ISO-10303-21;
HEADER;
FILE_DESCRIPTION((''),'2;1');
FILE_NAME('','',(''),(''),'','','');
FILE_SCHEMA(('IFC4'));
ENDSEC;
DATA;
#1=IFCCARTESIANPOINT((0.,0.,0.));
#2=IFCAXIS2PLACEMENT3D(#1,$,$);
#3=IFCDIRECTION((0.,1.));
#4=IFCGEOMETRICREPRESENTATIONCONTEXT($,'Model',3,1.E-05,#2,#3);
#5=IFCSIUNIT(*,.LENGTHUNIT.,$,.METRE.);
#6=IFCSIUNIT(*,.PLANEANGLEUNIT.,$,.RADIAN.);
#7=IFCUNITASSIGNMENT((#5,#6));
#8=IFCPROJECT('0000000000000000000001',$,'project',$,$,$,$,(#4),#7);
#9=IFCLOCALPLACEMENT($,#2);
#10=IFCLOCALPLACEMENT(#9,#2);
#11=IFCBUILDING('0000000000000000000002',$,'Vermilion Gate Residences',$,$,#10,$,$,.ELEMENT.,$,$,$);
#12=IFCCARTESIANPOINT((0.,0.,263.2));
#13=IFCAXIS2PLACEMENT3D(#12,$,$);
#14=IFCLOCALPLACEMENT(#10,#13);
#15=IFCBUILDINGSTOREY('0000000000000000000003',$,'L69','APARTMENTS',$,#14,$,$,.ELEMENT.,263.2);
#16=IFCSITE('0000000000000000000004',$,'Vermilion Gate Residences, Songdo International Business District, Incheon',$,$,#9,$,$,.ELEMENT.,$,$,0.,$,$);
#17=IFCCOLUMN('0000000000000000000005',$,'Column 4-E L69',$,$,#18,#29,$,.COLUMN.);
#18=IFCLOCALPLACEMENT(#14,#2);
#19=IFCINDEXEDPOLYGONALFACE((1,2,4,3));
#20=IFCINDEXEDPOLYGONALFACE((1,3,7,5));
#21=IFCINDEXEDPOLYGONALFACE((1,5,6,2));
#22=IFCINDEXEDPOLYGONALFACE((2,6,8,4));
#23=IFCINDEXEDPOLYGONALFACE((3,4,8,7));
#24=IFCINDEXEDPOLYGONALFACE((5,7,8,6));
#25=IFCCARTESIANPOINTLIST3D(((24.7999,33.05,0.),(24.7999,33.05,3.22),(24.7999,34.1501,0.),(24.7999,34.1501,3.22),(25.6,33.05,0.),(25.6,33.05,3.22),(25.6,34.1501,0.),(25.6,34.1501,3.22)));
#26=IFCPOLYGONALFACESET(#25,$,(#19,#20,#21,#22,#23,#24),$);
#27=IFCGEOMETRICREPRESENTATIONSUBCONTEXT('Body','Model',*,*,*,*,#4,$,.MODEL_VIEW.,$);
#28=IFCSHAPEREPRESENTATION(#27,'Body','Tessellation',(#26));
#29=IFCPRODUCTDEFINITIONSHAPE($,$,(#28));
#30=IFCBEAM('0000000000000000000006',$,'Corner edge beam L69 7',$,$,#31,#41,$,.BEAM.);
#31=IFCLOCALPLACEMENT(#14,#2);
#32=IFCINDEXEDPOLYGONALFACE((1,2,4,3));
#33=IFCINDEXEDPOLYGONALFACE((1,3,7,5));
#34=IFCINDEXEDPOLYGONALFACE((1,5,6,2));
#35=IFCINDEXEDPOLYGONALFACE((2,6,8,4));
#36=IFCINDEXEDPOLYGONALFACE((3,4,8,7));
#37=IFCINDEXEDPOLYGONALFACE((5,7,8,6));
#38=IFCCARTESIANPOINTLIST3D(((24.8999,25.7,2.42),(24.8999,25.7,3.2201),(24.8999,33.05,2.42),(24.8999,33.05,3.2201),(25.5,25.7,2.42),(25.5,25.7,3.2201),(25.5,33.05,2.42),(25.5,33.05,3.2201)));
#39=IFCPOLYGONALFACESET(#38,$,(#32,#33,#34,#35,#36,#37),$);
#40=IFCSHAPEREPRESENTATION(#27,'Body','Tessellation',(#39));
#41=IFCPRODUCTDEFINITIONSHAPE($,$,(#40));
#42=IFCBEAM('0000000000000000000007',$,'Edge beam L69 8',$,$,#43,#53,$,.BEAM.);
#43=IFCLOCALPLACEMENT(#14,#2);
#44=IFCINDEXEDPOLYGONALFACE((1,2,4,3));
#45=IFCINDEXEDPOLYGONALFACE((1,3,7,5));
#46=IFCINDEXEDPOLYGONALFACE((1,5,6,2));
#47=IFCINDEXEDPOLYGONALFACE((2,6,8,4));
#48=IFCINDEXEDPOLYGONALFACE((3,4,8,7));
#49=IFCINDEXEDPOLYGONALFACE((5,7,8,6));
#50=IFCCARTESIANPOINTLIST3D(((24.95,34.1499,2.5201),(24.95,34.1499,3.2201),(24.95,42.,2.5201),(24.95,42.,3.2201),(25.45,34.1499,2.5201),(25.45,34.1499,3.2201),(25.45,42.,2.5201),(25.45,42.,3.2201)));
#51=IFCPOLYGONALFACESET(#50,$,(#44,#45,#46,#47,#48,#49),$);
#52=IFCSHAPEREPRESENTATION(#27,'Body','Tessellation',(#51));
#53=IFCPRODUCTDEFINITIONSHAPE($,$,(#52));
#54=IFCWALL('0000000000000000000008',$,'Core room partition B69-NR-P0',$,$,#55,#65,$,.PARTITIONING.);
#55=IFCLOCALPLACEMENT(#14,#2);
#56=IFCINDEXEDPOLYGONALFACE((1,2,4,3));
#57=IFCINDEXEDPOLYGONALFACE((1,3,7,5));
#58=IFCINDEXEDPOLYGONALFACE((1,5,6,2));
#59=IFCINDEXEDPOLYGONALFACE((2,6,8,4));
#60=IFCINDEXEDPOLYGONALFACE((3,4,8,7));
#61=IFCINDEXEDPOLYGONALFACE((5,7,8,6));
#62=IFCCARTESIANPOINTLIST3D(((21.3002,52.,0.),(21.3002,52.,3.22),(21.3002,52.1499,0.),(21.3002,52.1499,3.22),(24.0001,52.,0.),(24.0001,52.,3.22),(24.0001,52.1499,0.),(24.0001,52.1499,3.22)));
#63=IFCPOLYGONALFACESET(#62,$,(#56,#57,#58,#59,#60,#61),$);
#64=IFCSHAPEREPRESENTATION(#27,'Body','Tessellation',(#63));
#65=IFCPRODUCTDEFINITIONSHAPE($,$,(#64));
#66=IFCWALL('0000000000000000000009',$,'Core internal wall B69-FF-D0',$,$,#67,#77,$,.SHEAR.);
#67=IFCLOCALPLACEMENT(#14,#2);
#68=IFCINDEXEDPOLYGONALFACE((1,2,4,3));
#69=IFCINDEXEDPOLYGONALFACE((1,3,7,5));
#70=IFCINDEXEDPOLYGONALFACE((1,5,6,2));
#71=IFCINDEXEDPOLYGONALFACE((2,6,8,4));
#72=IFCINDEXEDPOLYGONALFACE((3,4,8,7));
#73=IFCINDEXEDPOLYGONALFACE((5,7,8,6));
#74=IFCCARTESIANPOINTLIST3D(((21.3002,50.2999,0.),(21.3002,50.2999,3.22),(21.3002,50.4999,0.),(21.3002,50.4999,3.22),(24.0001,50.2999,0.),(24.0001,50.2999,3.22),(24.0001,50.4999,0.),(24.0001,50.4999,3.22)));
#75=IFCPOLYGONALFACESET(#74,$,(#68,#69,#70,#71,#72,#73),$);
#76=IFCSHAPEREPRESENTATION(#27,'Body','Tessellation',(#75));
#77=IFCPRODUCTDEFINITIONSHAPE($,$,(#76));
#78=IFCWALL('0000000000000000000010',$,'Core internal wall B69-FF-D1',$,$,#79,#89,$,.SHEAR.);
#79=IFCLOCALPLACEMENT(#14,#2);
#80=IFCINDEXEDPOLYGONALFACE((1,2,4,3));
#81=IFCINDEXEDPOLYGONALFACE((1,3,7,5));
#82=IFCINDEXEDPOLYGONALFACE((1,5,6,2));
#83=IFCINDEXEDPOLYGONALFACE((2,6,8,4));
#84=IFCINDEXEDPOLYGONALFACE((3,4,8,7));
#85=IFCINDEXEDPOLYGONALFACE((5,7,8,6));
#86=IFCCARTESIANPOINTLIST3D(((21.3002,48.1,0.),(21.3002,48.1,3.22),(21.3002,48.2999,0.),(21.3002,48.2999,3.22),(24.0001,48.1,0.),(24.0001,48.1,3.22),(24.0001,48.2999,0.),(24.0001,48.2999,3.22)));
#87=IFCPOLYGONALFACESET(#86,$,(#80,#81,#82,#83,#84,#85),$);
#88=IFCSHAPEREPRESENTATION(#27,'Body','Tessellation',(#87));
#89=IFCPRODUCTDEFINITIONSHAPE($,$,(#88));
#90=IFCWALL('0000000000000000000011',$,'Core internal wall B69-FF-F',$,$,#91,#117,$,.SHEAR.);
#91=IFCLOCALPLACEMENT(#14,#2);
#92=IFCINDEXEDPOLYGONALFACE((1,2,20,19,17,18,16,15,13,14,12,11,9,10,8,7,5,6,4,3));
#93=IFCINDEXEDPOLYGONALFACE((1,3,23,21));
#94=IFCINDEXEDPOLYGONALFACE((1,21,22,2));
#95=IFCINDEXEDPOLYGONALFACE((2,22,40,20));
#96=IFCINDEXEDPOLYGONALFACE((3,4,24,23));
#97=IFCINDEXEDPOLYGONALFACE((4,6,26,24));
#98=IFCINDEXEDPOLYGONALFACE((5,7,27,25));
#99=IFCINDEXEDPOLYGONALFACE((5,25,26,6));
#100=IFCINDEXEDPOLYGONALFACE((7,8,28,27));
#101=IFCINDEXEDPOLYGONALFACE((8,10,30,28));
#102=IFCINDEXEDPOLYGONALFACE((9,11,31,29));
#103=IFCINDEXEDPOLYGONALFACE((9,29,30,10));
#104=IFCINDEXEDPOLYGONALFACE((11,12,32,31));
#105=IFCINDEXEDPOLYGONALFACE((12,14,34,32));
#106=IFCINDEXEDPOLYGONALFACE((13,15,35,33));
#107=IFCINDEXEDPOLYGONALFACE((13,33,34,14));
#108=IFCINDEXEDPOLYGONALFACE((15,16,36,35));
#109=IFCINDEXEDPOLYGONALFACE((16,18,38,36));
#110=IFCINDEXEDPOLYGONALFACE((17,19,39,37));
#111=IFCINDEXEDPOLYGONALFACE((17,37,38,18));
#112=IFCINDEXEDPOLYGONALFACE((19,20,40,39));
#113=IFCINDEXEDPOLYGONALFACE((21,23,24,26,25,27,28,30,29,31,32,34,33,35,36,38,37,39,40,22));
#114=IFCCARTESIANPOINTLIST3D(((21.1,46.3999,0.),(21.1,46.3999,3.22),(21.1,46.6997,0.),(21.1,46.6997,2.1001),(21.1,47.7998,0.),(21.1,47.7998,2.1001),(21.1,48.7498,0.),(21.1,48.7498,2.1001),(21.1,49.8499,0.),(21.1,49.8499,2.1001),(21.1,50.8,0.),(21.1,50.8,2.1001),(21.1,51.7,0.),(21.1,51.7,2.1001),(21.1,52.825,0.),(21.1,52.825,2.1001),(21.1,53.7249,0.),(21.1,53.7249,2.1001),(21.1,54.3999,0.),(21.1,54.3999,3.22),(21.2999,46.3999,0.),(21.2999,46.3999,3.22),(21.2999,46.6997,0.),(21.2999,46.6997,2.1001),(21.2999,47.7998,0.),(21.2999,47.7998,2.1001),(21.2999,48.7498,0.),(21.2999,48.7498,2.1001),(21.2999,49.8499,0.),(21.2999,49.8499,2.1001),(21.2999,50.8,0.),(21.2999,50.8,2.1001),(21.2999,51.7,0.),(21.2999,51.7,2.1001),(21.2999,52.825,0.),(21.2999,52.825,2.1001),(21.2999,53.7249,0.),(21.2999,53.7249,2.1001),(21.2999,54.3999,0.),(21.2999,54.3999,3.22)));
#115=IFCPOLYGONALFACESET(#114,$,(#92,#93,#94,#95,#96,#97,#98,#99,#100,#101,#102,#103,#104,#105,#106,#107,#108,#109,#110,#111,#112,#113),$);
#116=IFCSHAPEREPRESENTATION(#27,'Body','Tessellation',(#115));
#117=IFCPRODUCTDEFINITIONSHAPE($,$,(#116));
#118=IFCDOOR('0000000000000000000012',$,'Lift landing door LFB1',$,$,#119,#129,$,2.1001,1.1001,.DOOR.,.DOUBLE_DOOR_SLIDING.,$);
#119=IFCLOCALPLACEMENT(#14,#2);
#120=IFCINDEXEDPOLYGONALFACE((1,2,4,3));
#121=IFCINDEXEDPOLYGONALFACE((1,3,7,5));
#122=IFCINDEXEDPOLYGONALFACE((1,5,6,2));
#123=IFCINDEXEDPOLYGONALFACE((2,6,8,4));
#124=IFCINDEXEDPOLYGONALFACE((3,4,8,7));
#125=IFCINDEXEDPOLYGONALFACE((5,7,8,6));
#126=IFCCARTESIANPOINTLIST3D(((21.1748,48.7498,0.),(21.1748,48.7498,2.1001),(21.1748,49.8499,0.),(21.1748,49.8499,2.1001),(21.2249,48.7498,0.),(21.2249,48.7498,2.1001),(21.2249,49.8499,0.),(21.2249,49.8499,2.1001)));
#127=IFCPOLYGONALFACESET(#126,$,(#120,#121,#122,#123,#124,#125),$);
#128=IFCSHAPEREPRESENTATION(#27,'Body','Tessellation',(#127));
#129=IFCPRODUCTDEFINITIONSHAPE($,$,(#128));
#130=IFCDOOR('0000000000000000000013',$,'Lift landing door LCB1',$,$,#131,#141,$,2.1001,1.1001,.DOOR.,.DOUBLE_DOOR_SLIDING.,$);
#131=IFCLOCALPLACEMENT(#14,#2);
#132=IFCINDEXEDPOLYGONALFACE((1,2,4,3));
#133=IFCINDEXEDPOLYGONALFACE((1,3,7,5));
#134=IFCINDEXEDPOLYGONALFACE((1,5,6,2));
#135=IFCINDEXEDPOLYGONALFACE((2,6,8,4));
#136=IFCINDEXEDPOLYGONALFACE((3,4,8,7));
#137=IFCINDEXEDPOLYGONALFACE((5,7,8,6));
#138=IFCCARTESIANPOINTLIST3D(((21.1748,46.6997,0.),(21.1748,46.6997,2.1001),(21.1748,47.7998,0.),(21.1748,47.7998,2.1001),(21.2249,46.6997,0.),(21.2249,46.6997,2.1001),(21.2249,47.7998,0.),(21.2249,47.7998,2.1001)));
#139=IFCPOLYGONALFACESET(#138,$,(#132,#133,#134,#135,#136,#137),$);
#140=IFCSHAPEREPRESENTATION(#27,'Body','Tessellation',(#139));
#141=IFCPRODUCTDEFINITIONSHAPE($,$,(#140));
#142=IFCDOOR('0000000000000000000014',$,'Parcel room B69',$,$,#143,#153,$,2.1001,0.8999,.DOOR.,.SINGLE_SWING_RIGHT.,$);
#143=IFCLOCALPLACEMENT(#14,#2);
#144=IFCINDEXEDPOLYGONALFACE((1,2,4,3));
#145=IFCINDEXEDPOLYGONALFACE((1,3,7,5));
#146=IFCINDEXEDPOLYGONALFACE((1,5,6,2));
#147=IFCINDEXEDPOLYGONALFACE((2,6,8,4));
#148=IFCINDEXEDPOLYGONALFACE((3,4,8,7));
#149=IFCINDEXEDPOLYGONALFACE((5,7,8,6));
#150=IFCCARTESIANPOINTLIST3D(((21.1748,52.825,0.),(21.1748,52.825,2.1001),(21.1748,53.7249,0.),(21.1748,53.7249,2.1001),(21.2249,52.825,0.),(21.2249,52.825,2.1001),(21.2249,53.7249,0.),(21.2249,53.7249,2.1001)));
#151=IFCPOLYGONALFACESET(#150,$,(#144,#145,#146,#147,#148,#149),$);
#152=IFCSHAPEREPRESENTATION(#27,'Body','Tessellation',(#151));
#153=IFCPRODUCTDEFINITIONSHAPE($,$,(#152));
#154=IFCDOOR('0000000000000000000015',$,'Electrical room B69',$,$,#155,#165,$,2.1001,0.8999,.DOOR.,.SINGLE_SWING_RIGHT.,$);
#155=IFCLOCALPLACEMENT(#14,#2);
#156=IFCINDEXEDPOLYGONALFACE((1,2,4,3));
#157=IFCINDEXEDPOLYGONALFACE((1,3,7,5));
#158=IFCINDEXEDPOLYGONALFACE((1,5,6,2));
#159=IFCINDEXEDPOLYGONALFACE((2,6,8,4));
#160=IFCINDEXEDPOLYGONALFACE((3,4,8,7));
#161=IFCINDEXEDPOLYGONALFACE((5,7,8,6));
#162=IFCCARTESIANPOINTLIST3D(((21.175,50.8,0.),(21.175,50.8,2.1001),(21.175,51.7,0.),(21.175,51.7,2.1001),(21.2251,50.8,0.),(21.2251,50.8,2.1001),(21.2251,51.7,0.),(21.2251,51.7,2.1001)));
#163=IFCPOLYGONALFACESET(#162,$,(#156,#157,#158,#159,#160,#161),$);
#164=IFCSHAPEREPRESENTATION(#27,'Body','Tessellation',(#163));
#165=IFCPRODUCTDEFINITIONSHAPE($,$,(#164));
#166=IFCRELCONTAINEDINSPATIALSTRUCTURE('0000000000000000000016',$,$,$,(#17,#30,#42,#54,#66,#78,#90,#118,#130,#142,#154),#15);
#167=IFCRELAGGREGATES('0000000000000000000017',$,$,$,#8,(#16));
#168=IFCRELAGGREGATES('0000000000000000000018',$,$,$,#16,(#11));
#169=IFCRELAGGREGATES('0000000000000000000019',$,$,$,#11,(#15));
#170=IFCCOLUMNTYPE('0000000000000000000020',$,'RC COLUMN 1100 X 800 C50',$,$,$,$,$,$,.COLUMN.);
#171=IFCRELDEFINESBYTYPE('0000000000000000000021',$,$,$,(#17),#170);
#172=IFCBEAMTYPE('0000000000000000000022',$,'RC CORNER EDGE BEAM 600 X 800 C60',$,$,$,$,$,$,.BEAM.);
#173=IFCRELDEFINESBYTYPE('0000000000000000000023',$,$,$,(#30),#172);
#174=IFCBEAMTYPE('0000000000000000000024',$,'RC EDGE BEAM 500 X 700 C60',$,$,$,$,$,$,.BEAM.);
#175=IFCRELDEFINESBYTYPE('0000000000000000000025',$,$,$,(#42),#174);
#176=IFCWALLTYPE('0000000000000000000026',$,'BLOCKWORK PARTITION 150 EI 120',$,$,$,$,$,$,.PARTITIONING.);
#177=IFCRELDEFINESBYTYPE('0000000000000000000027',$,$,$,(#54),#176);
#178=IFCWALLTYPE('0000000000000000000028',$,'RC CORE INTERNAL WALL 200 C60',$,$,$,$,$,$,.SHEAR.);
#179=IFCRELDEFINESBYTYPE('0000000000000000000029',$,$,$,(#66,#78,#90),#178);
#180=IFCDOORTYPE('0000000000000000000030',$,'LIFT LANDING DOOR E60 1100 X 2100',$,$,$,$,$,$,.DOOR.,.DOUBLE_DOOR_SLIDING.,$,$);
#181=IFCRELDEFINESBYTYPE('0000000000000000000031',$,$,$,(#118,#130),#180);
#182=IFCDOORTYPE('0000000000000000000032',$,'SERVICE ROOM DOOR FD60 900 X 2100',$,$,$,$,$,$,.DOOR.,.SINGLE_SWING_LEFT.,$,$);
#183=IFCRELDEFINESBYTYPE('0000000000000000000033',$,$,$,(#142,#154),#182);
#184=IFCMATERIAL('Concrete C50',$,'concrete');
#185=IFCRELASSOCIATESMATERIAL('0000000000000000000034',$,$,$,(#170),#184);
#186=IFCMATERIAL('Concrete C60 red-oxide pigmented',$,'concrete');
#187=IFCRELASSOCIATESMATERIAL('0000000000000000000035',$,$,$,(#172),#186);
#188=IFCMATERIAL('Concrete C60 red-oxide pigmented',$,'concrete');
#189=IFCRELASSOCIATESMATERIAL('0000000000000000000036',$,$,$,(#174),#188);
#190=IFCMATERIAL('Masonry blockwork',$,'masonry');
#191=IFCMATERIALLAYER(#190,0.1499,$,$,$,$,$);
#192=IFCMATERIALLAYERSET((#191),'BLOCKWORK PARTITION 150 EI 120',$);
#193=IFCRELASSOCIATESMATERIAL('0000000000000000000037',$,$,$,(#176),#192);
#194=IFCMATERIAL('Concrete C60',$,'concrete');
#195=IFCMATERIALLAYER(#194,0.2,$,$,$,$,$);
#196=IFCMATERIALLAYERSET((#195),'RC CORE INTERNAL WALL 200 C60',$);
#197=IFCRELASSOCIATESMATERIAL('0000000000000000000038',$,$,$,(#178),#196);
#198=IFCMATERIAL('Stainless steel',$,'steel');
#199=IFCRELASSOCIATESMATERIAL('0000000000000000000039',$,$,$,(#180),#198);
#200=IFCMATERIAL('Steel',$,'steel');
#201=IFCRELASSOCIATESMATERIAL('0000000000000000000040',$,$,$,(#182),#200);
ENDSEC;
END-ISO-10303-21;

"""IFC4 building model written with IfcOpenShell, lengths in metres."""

from ifc_helpers import new_model, si_unit, direction, frame, frame_2d, origin, origin_2d, place, context, subcontext, project, spatial, rectangle, extrude, material, layer, layer_set, material_profile, profile_set, type_object, element, fill, save


model = new_model("IFC4")

# Units and contexts
model_context = context("Model", 3, precision=1e-05, world=origin(), true_north=direction((0.0, 1.0)))
body_context = subcontext(model_context, "Body", "Model", "MODEL_VIEW")
ifc_project = project(units=[si_unit("LENGTHUNIT", "METRE"), si_unit("PLANEANGLEUNIT", "RADIAN")], contexts=[model_context])

# Site, building, storey
site_placement = place(None, origin())
site = spatial("IfcSite", under=ifc_project, at=site_placement, Name="Vermilion Gate Residences, Songdo International Business District, Incheon", CompositionType="ELEMENT", RefElevation=0.0)
building_placement = place(site_placement, origin())
building = spatial("IfcBuilding", under=site, at=building_placement, Name="Vermilion Gate Residences", CompositionType="ELEMENT")
storey_placement = place(building_placement, frame((0.0, 0.0, 263.2)))
storey = spatial("IfcBuildingStorey", under=building, at=storey_placement, Name="L69", Description="APARTMENTS", CompositionType="ELEMENT", Elevation=263.2)

# Column
ifc_material_1 = material(Name="Concrete C50", Category="concrete")
ifc_material_profile_1 = material_profile(ifc_material_1, rectangle(XDim=1.1001, YDim=0.8, at=origin_2d()), Name="RC-1100x800")
ifc_profile_set_1 = profile_set([ifc_material_profile_1], Name="Concrete C50")
column_type = type_object("IfcColumnType", Name="RC COLUMN 1100 X 800 C50", PredefinedType="COLUMN", material=ifc_profile_set_1)
column_placement = place(storey_placement, frame((25.2, 33.6001, 0.0), z_axis=(0.0, 0.0, 1.0), x_axis=(0.0, 1.0, 0.0)))
element("IfcColumn", 1, at=column_placement, inside=storey, type_object=column_type, Name="Column 4-E L69", PredefinedType="COLUMN", context=body_context, shape_type="SweptSolid", body=[
    extrude(rectangle(XDim=1.1001, YDim=0.8, at=origin_2d()), origin(), (0.0, 0.0, 1.0), 3.22),
])

# Beams
ifc_material_2 = material(Name="Concrete C60 red-oxide pigmented", Category="concrete")
ifc_material_profile_2 = material_profile(ifc_material_2, rectangle(XDim=0.6001, YDim=0.8, at=origin_2d()), Name="RC-600x800")
ifc_profile_set_2 = profile_set([ifc_material_profile_2], Name="Concrete C60 red-oxide pigmented")
beam_type_1 = type_object("IfcBeamType", Name="RC CORNER EDGE BEAM 600 X 800 C60", PredefinedType="BEAM", material=ifc_profile_set_2)
beam_1_placement = place(storey_placement, frame((25.2, 25.7, 2.8201), z_axis=(0.0, 1.0, 0.0), x_axis=(-1.0, 0.0, 0.0)))
element("IfcBeam", 2, at=beam_1_placement, inside=storey, type_object=beam_type_1, Name="Corner edge beam L69 7", PredefinedType="BEAM", context=body_context, shape_type="SweptSolid", body=[
    extrude(rectangle(XDim=0.6001, YDim=0.8, at=origin_2d()), origin(), (0.0, 0.0, 1.0), 7.3501),
])
ifc_material_3 = material(Name="Concrete C60 red-oxide pigmented", Category="concrete")
ifc_material_profile_3 = material_profile(ifc_material_3, rectangle(XDim=0.5, YDim=0.7, at=origin_2d()), Name="RC-500x700")
ifc_profile_set_3 = profile_set([ifc_material_profile_3], Name="Concrete C60 red-oxide pigmented")
beam_type_2 = type_object("IfcBeamType", Name="RC EDGE BEAM 500 X 700 C60", PredefinedType="BEAM", material=ifc_profile_set_3)
beam_2_placement = place(storey_placement, frame((25.2, 34.1499, 2.8701), z_axis=(0.0, 1.0, 0.0), x_axis=(-1.0, 0.0, 0.0)))
element("IfcBeam", 3, at=beam_2_placement, inside=storey, type_object=beam_type_2, Name="Edge beam L69 8", PredefinedType="BEAM", context=body_context, shape_type="SweptSolid", body=[
    extrude(rectangle(XDim=0.5, YDim=0.7, at=origin_2d()), origin(), (0.0, 0.0, 1.0), 7.8501),
])

# Walls
ifc_material_4 = material(Name="Masonry blockwork", Category="masonry")
ifc_layer_1 = layer(ifc_material_4, 0.1499)
ifc_layer_set_1 = layer_set([ifc_layer_1], Name="BLOCKWORK PARTITION 150 EI 120")
wall_type_1 = type_object("IfcWallType", Name="BLOCKWORK PARTITION 150 EI 120", PredefinedType="PARTITIONING", material=ifc_layer_set_1)
wall_1_placement = place(storey_placement, frame((21.3, 52.075, 0.0), z_axis=(0.0, 0.0, 1.0), x_axis=(1.0, 0.0, 0.0)))
element("IfcWall", 4, at=wall_1_placement, inside=storey, type_object=wall_type_1, Name="Core room partition B69-NR-P0", PredefinedType="PARTITIONING", context=body_context, shape_type="SweptSolid", body=[
    extrude(rectangle(XDim=2.7, YDim=0.1499, at=frame_2d((1.3501, 0.0))), origin(), (0.0, 0.0, 1.0), 3.22),
])
ifc_material_5 = material(Name="Concrete C60", Category="concrete")
ifc_layer_2 = layer(ifc_material_5, 0.2)
ifc_layer_set_2 = layer_set([ifc_layer_2], Name="RC CORE INTERNAL WALL 200 C60")
wall_type_2 = type_object("IfcWallType", Name="RC CORE INTERNAL WALL 200 C60", PredefinedType="SHEAR", material=ifc_layer_set_2)
for number, where, z_axis, x_axis, name in (
    (5, (21.3, 50.3999, 0.0), (0.0, 0.0, 1.0), (1.0, 0.0, 0.0), "Core internal wall B69-FF-D0"),
    (6, (21.3, 48.2, 0.0), (0.0, 0.0, 1.0), (1.0, 0.0, 0.0), "Core internal wall B69-FF-D1"),
):
    element("IfcWall", number, at=place(storey_placement, frame(where, z_axis=z_axis, x_axis=x_axis)), inside=storey, type_object=wall_type_2, Name=name, PredefinedType="SHEAR", context=body_context, shape_type="SweptSolid", body=[
        extrude(rectangle(XDim=2.7, YDim=0.2, at=frame_2d((1.3501, 0.0))), origin(), (0.0, 0.0, 1.0), 3.22),
    ])

# Wall, openings, doors
wall_2_placement = place(storey_placement, frame((21.2, 54.3999, 0.0), z_axis=(0.0, 0.0, 1.0), x_axis=(0.0, -1.0, 0.0)))
wall_2 = element("IfcWall", 7, at=wall_2_placement, inside=storey, type_object=wall_type_2, Name="Core internal wall B69-FF-F", PredefinedType="SHEAR", context=body_context, shape_type="SweptSolid", body=[
    extrude(rectangle(XDim=8.0, YDim=0.2, at=frame_2d((4.0, 0.0))), origin(), (0.0, 0.0, 1.0), 3.22),
])
opening_1_placement = place(wall_2_placement, frame((0.675, 0.0, 0.0)))
opening_1 = element("IfcOpeningElement", 8, at=opening_1_placement, cuts=wall_2, PredefinedType="OPENING", context=body_context, shape_type="SweptSolid", body=[
    extrude(rectangle(XDim=0.8999, YDim=2.1001, at=frame_2d((0.45, 1.05))), frame((0.0, 0.1099, 0.0), z_axis=(0.0, -1.0, 0.0), x_axis=(1.0, 0.0, 0.0)), (0.0, 0.0, 1.0), 0.22),
])
opening_2_placement = place(wall_2_placement, frame((2.7, 0.0, 0.0)))
opening_2 = element("IfcOpeningElement", 9, at=opening_2_placement, cuts=wall_2, PredefinedType="OPENING", context=body_context, shape_type="SweptSolid", body=[
    extrude(rectangle(XDim=0.8999, YDim=2.1001, at=frame_2d((0.45, 1.05))), frame((0.0, 0.1099, 0.0), z_axis=(0.0, -1.0, 0.0), x_axis=(1.0, 0.0, 0.0)), (0.0, 0.0, 1.0), 0.22),
])
opening_3_placement = place(wall_2_placement, frame((4.55, 0.0, 0.0)))
opening_3 = element("IfcOpeningElement", 10, at=opening_3_placement, cuts=wall_2, PredefinedType="OPENING", context=body_context, shape_type="SweptSolid", body=[
    extrude(rectangle(XDim=1.1001, YDim=2.1001, at=frame_2d((0.55, 1.05))), frame((0.0, 0.1099, 0.0), z_axis=(0.0, -1.0, 0.0), x_axis=(1.0, 0.0, 0.0)), (0.0, 0.0, 1.0), 0.22),
])
opening_4_placement = place(wall_2_placement, frame((6.6001, 0.0, 0.0)))
opening_4 = element("IfcOpeningElement", 11, at=opening_4_placement, cuts=wall_2, PredefinedType="OPENING", context=body_context, shape_type="SweptSolid", body=[
    extrude(rectangle(XDim=1.1001, YDim=2.1001, at=frame_2d((0.55, 1.05))), frame((0.0, 0.1099, 0.0), z_axis=(0.0, -1.0, 0.0), x_axis=(1.0, 0.0, 0.0)), (0.0, 0.0, 1.0), 0.22),
])
ifc_material_6 = material(Name="Stainless steel", Category="steel")
door_type_1 = type_object("IfcDoorType", Name="LIFT LANDING DOOR E60 1100 X 2100", OperationType="DOUBLE_DOOR_SLIDING", PredefinedType="DOOR", material=ifc_material_6)
door_1_placement = place(opening_3_placement, origin())
door_1 = element("IfcDoor", 12, at=door_1_placement, inside=storey, type_object=door_type_1, Name="Lift landing door LFB1", OperationType="DOUBLE_DOOR_SLIDING", OverallHeight=2.1001, OverallWidth=1.1001, PredefinedType="DOOR", context=body_context, shape_type="SweptSolid", body=[
    extrude(rectangle(XDim=1.1001, YDim=2.1001, at=frame_2d((0.55, 1.05))), frame((0.0, 0.0249, 0.0), z_axis=(0.0, -1.0, 0.0), x_axis=(1.0, 0.0, 0.0)), (0.0, 0.0, 1.0), 0.05),
])
fill(opening_3, door_1)
door_2_placement = place(opening_4_placement, origin())
door_2 = element("IfcDoor", 13, at=door_2_placement, inside=storey, type_object=door_type_1, Name="Lift landing door LCB1", OperationType="DOUBLE_DOOR_SLIDING", OverallHeight=2.1001, OverallWidth=1.1001, PredefinedType="DOOR", context=body_context, shape_type="SweptSolid", body=[
    extrude(rectangle(XDim=1.1001, YDim=2.1001, at=frame_2d((0.55, 1.05))), frame((0.0, 0.0249, 0.0), z_axis=(0.0, -1.0, 0.0), x_axis=(1.0, 0.0, 0.0)), (0.0, 0.0, 1.0), 0.05),
])
fill(opening_4, door_2)
ifc_material_7 = material(Name="Steel", Category="steel")
door_type_2 = type_object("IfcDoorType", Name="SERVICE ROOM DOOR FD60 900 X 2100", OperationType="SINGLE_SWING_LEFT", PredefinedType="DOOR", material=ifc_material_7)
door_3_placement = place(opening_1_placement, origin())
door_3 = element("IfcDoor", 14, at=door_3_placement, inside=storey, type_object=door_type_2, Name="Parcel room B69", OperationType="SINGLE_SWING_RIGHT", OverallHeight=2.1001, OverallWidth=0.8999, PredefinedType="DOOR", context=body_context, shape_type="SweptSolid", body=[
    extrude(rectangle(XDim=0.8999, YDim=2.1001, at=frame_2d((0.45, 1.05))), frame((0.0, 0.0249, 0.0), z_axis=(0.0, -1.0, 0.0), x_axis=(1.0, 0.0, 0.0)), (0.0, 0.0, 1.0), 0.05),
])
fill(opening_1, door_3)
door_4_placement = place(opening_2_placement, frame((0.8999, 0.0, 0.0), z_axis=(0.0, 0.0, 1.0), x_axis=(-1.0, 0.0, 0.0)))
door_4 = element("IfcDoor", 15, at=door_4_placement, inside=storey, type_object=door_type_2, Name="Electrical room B69", OperationType="SINGLE_SWING_RIGHT", OverallHeight=2.1001, OverallWidth=0.8999, PredefinedType="DOOR", context=body_context, shape_type="SweptSolid", body=[
    extrude(rectangle(XDim=0.8999, YDim=2.1001, at=frame_2d((0.45, 1.05))), frame((0.0, 0.0249, 0.0), z_axis=(0.0, -1.0, 0.0), x_axis=(1.0, 0.0, 0.0)), (0.0, 0.0, 1.0), 0.05),
])
fill(opening_2, door_4)

save(model, "model.ifc")
